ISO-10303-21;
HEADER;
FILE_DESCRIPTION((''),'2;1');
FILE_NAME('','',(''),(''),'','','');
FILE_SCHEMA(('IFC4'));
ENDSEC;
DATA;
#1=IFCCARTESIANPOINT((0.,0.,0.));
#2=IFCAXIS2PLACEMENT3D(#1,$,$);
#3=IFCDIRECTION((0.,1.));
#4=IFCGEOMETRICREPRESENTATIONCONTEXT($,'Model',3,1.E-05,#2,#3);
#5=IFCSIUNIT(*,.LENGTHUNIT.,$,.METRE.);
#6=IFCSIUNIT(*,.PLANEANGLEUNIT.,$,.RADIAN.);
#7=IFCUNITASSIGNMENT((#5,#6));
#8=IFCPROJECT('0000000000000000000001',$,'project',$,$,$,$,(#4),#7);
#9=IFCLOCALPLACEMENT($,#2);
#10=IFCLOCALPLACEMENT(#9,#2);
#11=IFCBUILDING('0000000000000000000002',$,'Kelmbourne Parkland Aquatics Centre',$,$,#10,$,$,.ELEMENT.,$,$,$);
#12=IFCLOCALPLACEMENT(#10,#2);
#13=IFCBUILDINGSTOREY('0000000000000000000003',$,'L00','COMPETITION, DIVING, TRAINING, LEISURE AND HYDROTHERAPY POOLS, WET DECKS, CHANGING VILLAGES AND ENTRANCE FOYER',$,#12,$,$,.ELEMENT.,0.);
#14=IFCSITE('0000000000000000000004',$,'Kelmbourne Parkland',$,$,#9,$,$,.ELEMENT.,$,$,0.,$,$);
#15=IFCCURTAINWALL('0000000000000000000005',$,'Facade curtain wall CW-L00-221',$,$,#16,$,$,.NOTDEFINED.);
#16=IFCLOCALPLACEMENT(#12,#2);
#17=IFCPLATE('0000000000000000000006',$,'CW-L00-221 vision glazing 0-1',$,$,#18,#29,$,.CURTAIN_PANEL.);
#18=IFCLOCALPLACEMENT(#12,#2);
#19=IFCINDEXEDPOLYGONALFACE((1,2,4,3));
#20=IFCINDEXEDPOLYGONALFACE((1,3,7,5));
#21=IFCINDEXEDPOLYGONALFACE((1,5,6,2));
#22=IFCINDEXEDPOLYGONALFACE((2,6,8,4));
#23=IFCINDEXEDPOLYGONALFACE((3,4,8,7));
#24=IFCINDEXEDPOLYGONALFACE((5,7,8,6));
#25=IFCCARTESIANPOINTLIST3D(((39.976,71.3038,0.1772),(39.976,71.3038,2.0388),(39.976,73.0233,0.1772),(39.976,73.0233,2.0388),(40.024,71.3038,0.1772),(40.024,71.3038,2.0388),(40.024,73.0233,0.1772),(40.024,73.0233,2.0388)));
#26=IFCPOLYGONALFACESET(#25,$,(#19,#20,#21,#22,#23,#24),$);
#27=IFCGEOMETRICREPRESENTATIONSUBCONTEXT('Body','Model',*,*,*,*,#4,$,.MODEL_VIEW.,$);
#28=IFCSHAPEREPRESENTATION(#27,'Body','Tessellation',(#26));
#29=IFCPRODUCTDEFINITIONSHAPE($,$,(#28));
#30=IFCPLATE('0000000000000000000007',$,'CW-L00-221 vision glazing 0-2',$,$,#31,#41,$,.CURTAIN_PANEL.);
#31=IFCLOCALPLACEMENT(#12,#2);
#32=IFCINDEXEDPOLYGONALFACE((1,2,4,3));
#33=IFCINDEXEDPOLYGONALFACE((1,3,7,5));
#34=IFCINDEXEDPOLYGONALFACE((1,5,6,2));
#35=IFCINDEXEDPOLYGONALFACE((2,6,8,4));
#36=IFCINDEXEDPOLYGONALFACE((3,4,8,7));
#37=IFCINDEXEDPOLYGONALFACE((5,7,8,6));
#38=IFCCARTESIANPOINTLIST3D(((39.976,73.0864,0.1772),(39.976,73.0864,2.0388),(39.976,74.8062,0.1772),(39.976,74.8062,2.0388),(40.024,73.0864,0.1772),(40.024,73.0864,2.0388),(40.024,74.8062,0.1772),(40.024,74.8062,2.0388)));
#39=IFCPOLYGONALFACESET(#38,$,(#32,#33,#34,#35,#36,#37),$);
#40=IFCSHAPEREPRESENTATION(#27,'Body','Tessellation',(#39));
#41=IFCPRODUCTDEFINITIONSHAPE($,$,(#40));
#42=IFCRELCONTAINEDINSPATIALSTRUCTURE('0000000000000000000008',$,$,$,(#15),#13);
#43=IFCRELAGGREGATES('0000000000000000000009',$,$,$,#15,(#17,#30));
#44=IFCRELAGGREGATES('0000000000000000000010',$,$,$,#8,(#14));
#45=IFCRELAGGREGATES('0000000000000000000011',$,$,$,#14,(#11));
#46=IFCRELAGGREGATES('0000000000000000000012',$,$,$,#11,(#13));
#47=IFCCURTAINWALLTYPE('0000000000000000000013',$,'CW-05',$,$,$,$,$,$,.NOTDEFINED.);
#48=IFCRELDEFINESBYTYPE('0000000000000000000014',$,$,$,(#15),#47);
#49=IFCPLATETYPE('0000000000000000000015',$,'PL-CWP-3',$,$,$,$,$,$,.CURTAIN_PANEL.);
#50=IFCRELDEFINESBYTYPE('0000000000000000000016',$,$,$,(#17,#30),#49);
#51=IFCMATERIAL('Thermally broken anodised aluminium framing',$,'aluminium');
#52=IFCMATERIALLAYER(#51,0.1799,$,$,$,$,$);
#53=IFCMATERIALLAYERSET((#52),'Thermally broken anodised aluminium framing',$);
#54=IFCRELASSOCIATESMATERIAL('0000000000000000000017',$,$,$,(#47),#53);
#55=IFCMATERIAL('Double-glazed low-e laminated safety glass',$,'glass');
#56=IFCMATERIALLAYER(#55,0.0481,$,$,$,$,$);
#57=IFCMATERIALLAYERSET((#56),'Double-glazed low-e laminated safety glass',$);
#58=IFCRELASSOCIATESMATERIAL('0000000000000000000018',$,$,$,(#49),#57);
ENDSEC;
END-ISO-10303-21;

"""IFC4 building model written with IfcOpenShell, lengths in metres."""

from ifc_helpers import new_model, si_unit, direction, frame, origin, origin_2d, place, context, subcontext, project, spatial, rectangle, extrude, material, layer, layer_set, type_object, element, aggregate, save


model = new_model("IFC4")

# Units and contexts
model_context = context("Model", 3, precision=1e-05, world=origin(), true_north=direction((0.0, 1.0)))
body_context = subcontext(model_context, "Body", "Model", "MODEL_VIEW")
ifc_project = project(units=[si_unit("LENGTHUNIT", "METRE"), si_unit("PLANEANGLEUNIT", "RADIAN")], contexts=[model_context])

# Site, building, storey
site_placement = place(None, origin())
site = spatial("IfcSite", under=ifc_project, at=site_placement, Name="Kelmbourne Parkland", CompositionType="ELEMENT", RefElevation=0.0)
building_placement = place(site_placement, origin())
building = spatial("IfcBuilding", under=site, at=building_placement, Name="Kelmbourne Parkland Aquatics Centre", CompositionType="ELEMENT")
storey_placement = place(building_placement, origin())
storey = spatial("IfcBuildingStorey", under=building, at=storey_placement, Name="L00", Description="COMPETITION, DIVING, TRAINING, LEISURE AND HYDROTHERAPY POOLS, WET DECKS, CHANGING VILLAGES AND ENTRANCE FOYER", CompositionType="ELEMENT", Elevation=0.0)

# Curtain wall
ifc_material_1 = material(Name="Thermally broken anodised aluminium framing", Category="aluminium")
ifc_layer_1 = layer(ifc_material_1, 0.1799)
ifc_layer_set_1 = layer_set([ifc_layer_1], Name="Thermally broken anodised aluminium framing")
curtain_wall_type_1 = type_object("IfcCurtainWallType", Name="CW-05", PredefinedType="NOTDEFINED", material=ifc_layer_set_1)
curtain_wall_1_placement = place(storey_placement, origin())
curtain_wall_1 = element("IfcCurtainWall", 1, at=curtain_wall_1_placement, inside=storey, type_object=curtain_wall_type_1, Name="Facade curtain wall CW-L00-221", PredefinedType="NOTDEFINED")

# Plates
ifc_material_2 = material(Name="Double-glazed low-e laminated safety glass", Category="glass")
ifc_layer_2 = layer(ifc_material_2, 0.0481)
ifc_layer_set_2 = layer_set([ifc_layer_2], Name="Double-glazed low-e laminated safety glass")
plate_type_1 = type_object("IfcPlateType", Name="PL-CWP-3", PredefinedType="CURTAIN_PANEL", material=ifc_layer_set_2)
plate_1_placement = place(storey_placement, frame((40.0, 72.1636, 0.1772), z_axis=(0.0, 0.0, 1.0), x_axis=(0.0, 1.0, 0.0)))
plate_1 = element("IfcPlate", 2, at=plate_1_placement, type_object=plate_type_1, Name="CW-L00-221 vision glazing 0-1", PredefinedType="CURTAIN_PANEL", context=body_context, shape_type="SweptSolid", body=[
    extrude(rectangle(XDim=1.7195, YDim=0.0481, at=origin_2d()), origin(), (0.0, 0.0, 1.0), 1.8616),
])
plate_2_placement = place(storey_placement, frame((40.0, 73.9463, 0.1772), z_axis=(0.0, 0.0, 1.0), x_axis=(0.0, 1.0, 0.0)))
plate_2 = element("IfcPlate", 3, at=plate_2_placement, type_object=plate_type_1, Name="CW-L00-221 vision glazing 0-2", PredefinedType="CURTAIN_PANEL", context=body_context, shape_type="SweptSolid", body=[
    extrude(rectangle(XDim=1.7197, YDim=0.0481, at=origin_2d()), origin(), (0.0, 0.0, 1.0), 1.8616),
])
aggregate(curtain_wall_1, [plate_1, plate_2])

save(model, "model.ifc")
